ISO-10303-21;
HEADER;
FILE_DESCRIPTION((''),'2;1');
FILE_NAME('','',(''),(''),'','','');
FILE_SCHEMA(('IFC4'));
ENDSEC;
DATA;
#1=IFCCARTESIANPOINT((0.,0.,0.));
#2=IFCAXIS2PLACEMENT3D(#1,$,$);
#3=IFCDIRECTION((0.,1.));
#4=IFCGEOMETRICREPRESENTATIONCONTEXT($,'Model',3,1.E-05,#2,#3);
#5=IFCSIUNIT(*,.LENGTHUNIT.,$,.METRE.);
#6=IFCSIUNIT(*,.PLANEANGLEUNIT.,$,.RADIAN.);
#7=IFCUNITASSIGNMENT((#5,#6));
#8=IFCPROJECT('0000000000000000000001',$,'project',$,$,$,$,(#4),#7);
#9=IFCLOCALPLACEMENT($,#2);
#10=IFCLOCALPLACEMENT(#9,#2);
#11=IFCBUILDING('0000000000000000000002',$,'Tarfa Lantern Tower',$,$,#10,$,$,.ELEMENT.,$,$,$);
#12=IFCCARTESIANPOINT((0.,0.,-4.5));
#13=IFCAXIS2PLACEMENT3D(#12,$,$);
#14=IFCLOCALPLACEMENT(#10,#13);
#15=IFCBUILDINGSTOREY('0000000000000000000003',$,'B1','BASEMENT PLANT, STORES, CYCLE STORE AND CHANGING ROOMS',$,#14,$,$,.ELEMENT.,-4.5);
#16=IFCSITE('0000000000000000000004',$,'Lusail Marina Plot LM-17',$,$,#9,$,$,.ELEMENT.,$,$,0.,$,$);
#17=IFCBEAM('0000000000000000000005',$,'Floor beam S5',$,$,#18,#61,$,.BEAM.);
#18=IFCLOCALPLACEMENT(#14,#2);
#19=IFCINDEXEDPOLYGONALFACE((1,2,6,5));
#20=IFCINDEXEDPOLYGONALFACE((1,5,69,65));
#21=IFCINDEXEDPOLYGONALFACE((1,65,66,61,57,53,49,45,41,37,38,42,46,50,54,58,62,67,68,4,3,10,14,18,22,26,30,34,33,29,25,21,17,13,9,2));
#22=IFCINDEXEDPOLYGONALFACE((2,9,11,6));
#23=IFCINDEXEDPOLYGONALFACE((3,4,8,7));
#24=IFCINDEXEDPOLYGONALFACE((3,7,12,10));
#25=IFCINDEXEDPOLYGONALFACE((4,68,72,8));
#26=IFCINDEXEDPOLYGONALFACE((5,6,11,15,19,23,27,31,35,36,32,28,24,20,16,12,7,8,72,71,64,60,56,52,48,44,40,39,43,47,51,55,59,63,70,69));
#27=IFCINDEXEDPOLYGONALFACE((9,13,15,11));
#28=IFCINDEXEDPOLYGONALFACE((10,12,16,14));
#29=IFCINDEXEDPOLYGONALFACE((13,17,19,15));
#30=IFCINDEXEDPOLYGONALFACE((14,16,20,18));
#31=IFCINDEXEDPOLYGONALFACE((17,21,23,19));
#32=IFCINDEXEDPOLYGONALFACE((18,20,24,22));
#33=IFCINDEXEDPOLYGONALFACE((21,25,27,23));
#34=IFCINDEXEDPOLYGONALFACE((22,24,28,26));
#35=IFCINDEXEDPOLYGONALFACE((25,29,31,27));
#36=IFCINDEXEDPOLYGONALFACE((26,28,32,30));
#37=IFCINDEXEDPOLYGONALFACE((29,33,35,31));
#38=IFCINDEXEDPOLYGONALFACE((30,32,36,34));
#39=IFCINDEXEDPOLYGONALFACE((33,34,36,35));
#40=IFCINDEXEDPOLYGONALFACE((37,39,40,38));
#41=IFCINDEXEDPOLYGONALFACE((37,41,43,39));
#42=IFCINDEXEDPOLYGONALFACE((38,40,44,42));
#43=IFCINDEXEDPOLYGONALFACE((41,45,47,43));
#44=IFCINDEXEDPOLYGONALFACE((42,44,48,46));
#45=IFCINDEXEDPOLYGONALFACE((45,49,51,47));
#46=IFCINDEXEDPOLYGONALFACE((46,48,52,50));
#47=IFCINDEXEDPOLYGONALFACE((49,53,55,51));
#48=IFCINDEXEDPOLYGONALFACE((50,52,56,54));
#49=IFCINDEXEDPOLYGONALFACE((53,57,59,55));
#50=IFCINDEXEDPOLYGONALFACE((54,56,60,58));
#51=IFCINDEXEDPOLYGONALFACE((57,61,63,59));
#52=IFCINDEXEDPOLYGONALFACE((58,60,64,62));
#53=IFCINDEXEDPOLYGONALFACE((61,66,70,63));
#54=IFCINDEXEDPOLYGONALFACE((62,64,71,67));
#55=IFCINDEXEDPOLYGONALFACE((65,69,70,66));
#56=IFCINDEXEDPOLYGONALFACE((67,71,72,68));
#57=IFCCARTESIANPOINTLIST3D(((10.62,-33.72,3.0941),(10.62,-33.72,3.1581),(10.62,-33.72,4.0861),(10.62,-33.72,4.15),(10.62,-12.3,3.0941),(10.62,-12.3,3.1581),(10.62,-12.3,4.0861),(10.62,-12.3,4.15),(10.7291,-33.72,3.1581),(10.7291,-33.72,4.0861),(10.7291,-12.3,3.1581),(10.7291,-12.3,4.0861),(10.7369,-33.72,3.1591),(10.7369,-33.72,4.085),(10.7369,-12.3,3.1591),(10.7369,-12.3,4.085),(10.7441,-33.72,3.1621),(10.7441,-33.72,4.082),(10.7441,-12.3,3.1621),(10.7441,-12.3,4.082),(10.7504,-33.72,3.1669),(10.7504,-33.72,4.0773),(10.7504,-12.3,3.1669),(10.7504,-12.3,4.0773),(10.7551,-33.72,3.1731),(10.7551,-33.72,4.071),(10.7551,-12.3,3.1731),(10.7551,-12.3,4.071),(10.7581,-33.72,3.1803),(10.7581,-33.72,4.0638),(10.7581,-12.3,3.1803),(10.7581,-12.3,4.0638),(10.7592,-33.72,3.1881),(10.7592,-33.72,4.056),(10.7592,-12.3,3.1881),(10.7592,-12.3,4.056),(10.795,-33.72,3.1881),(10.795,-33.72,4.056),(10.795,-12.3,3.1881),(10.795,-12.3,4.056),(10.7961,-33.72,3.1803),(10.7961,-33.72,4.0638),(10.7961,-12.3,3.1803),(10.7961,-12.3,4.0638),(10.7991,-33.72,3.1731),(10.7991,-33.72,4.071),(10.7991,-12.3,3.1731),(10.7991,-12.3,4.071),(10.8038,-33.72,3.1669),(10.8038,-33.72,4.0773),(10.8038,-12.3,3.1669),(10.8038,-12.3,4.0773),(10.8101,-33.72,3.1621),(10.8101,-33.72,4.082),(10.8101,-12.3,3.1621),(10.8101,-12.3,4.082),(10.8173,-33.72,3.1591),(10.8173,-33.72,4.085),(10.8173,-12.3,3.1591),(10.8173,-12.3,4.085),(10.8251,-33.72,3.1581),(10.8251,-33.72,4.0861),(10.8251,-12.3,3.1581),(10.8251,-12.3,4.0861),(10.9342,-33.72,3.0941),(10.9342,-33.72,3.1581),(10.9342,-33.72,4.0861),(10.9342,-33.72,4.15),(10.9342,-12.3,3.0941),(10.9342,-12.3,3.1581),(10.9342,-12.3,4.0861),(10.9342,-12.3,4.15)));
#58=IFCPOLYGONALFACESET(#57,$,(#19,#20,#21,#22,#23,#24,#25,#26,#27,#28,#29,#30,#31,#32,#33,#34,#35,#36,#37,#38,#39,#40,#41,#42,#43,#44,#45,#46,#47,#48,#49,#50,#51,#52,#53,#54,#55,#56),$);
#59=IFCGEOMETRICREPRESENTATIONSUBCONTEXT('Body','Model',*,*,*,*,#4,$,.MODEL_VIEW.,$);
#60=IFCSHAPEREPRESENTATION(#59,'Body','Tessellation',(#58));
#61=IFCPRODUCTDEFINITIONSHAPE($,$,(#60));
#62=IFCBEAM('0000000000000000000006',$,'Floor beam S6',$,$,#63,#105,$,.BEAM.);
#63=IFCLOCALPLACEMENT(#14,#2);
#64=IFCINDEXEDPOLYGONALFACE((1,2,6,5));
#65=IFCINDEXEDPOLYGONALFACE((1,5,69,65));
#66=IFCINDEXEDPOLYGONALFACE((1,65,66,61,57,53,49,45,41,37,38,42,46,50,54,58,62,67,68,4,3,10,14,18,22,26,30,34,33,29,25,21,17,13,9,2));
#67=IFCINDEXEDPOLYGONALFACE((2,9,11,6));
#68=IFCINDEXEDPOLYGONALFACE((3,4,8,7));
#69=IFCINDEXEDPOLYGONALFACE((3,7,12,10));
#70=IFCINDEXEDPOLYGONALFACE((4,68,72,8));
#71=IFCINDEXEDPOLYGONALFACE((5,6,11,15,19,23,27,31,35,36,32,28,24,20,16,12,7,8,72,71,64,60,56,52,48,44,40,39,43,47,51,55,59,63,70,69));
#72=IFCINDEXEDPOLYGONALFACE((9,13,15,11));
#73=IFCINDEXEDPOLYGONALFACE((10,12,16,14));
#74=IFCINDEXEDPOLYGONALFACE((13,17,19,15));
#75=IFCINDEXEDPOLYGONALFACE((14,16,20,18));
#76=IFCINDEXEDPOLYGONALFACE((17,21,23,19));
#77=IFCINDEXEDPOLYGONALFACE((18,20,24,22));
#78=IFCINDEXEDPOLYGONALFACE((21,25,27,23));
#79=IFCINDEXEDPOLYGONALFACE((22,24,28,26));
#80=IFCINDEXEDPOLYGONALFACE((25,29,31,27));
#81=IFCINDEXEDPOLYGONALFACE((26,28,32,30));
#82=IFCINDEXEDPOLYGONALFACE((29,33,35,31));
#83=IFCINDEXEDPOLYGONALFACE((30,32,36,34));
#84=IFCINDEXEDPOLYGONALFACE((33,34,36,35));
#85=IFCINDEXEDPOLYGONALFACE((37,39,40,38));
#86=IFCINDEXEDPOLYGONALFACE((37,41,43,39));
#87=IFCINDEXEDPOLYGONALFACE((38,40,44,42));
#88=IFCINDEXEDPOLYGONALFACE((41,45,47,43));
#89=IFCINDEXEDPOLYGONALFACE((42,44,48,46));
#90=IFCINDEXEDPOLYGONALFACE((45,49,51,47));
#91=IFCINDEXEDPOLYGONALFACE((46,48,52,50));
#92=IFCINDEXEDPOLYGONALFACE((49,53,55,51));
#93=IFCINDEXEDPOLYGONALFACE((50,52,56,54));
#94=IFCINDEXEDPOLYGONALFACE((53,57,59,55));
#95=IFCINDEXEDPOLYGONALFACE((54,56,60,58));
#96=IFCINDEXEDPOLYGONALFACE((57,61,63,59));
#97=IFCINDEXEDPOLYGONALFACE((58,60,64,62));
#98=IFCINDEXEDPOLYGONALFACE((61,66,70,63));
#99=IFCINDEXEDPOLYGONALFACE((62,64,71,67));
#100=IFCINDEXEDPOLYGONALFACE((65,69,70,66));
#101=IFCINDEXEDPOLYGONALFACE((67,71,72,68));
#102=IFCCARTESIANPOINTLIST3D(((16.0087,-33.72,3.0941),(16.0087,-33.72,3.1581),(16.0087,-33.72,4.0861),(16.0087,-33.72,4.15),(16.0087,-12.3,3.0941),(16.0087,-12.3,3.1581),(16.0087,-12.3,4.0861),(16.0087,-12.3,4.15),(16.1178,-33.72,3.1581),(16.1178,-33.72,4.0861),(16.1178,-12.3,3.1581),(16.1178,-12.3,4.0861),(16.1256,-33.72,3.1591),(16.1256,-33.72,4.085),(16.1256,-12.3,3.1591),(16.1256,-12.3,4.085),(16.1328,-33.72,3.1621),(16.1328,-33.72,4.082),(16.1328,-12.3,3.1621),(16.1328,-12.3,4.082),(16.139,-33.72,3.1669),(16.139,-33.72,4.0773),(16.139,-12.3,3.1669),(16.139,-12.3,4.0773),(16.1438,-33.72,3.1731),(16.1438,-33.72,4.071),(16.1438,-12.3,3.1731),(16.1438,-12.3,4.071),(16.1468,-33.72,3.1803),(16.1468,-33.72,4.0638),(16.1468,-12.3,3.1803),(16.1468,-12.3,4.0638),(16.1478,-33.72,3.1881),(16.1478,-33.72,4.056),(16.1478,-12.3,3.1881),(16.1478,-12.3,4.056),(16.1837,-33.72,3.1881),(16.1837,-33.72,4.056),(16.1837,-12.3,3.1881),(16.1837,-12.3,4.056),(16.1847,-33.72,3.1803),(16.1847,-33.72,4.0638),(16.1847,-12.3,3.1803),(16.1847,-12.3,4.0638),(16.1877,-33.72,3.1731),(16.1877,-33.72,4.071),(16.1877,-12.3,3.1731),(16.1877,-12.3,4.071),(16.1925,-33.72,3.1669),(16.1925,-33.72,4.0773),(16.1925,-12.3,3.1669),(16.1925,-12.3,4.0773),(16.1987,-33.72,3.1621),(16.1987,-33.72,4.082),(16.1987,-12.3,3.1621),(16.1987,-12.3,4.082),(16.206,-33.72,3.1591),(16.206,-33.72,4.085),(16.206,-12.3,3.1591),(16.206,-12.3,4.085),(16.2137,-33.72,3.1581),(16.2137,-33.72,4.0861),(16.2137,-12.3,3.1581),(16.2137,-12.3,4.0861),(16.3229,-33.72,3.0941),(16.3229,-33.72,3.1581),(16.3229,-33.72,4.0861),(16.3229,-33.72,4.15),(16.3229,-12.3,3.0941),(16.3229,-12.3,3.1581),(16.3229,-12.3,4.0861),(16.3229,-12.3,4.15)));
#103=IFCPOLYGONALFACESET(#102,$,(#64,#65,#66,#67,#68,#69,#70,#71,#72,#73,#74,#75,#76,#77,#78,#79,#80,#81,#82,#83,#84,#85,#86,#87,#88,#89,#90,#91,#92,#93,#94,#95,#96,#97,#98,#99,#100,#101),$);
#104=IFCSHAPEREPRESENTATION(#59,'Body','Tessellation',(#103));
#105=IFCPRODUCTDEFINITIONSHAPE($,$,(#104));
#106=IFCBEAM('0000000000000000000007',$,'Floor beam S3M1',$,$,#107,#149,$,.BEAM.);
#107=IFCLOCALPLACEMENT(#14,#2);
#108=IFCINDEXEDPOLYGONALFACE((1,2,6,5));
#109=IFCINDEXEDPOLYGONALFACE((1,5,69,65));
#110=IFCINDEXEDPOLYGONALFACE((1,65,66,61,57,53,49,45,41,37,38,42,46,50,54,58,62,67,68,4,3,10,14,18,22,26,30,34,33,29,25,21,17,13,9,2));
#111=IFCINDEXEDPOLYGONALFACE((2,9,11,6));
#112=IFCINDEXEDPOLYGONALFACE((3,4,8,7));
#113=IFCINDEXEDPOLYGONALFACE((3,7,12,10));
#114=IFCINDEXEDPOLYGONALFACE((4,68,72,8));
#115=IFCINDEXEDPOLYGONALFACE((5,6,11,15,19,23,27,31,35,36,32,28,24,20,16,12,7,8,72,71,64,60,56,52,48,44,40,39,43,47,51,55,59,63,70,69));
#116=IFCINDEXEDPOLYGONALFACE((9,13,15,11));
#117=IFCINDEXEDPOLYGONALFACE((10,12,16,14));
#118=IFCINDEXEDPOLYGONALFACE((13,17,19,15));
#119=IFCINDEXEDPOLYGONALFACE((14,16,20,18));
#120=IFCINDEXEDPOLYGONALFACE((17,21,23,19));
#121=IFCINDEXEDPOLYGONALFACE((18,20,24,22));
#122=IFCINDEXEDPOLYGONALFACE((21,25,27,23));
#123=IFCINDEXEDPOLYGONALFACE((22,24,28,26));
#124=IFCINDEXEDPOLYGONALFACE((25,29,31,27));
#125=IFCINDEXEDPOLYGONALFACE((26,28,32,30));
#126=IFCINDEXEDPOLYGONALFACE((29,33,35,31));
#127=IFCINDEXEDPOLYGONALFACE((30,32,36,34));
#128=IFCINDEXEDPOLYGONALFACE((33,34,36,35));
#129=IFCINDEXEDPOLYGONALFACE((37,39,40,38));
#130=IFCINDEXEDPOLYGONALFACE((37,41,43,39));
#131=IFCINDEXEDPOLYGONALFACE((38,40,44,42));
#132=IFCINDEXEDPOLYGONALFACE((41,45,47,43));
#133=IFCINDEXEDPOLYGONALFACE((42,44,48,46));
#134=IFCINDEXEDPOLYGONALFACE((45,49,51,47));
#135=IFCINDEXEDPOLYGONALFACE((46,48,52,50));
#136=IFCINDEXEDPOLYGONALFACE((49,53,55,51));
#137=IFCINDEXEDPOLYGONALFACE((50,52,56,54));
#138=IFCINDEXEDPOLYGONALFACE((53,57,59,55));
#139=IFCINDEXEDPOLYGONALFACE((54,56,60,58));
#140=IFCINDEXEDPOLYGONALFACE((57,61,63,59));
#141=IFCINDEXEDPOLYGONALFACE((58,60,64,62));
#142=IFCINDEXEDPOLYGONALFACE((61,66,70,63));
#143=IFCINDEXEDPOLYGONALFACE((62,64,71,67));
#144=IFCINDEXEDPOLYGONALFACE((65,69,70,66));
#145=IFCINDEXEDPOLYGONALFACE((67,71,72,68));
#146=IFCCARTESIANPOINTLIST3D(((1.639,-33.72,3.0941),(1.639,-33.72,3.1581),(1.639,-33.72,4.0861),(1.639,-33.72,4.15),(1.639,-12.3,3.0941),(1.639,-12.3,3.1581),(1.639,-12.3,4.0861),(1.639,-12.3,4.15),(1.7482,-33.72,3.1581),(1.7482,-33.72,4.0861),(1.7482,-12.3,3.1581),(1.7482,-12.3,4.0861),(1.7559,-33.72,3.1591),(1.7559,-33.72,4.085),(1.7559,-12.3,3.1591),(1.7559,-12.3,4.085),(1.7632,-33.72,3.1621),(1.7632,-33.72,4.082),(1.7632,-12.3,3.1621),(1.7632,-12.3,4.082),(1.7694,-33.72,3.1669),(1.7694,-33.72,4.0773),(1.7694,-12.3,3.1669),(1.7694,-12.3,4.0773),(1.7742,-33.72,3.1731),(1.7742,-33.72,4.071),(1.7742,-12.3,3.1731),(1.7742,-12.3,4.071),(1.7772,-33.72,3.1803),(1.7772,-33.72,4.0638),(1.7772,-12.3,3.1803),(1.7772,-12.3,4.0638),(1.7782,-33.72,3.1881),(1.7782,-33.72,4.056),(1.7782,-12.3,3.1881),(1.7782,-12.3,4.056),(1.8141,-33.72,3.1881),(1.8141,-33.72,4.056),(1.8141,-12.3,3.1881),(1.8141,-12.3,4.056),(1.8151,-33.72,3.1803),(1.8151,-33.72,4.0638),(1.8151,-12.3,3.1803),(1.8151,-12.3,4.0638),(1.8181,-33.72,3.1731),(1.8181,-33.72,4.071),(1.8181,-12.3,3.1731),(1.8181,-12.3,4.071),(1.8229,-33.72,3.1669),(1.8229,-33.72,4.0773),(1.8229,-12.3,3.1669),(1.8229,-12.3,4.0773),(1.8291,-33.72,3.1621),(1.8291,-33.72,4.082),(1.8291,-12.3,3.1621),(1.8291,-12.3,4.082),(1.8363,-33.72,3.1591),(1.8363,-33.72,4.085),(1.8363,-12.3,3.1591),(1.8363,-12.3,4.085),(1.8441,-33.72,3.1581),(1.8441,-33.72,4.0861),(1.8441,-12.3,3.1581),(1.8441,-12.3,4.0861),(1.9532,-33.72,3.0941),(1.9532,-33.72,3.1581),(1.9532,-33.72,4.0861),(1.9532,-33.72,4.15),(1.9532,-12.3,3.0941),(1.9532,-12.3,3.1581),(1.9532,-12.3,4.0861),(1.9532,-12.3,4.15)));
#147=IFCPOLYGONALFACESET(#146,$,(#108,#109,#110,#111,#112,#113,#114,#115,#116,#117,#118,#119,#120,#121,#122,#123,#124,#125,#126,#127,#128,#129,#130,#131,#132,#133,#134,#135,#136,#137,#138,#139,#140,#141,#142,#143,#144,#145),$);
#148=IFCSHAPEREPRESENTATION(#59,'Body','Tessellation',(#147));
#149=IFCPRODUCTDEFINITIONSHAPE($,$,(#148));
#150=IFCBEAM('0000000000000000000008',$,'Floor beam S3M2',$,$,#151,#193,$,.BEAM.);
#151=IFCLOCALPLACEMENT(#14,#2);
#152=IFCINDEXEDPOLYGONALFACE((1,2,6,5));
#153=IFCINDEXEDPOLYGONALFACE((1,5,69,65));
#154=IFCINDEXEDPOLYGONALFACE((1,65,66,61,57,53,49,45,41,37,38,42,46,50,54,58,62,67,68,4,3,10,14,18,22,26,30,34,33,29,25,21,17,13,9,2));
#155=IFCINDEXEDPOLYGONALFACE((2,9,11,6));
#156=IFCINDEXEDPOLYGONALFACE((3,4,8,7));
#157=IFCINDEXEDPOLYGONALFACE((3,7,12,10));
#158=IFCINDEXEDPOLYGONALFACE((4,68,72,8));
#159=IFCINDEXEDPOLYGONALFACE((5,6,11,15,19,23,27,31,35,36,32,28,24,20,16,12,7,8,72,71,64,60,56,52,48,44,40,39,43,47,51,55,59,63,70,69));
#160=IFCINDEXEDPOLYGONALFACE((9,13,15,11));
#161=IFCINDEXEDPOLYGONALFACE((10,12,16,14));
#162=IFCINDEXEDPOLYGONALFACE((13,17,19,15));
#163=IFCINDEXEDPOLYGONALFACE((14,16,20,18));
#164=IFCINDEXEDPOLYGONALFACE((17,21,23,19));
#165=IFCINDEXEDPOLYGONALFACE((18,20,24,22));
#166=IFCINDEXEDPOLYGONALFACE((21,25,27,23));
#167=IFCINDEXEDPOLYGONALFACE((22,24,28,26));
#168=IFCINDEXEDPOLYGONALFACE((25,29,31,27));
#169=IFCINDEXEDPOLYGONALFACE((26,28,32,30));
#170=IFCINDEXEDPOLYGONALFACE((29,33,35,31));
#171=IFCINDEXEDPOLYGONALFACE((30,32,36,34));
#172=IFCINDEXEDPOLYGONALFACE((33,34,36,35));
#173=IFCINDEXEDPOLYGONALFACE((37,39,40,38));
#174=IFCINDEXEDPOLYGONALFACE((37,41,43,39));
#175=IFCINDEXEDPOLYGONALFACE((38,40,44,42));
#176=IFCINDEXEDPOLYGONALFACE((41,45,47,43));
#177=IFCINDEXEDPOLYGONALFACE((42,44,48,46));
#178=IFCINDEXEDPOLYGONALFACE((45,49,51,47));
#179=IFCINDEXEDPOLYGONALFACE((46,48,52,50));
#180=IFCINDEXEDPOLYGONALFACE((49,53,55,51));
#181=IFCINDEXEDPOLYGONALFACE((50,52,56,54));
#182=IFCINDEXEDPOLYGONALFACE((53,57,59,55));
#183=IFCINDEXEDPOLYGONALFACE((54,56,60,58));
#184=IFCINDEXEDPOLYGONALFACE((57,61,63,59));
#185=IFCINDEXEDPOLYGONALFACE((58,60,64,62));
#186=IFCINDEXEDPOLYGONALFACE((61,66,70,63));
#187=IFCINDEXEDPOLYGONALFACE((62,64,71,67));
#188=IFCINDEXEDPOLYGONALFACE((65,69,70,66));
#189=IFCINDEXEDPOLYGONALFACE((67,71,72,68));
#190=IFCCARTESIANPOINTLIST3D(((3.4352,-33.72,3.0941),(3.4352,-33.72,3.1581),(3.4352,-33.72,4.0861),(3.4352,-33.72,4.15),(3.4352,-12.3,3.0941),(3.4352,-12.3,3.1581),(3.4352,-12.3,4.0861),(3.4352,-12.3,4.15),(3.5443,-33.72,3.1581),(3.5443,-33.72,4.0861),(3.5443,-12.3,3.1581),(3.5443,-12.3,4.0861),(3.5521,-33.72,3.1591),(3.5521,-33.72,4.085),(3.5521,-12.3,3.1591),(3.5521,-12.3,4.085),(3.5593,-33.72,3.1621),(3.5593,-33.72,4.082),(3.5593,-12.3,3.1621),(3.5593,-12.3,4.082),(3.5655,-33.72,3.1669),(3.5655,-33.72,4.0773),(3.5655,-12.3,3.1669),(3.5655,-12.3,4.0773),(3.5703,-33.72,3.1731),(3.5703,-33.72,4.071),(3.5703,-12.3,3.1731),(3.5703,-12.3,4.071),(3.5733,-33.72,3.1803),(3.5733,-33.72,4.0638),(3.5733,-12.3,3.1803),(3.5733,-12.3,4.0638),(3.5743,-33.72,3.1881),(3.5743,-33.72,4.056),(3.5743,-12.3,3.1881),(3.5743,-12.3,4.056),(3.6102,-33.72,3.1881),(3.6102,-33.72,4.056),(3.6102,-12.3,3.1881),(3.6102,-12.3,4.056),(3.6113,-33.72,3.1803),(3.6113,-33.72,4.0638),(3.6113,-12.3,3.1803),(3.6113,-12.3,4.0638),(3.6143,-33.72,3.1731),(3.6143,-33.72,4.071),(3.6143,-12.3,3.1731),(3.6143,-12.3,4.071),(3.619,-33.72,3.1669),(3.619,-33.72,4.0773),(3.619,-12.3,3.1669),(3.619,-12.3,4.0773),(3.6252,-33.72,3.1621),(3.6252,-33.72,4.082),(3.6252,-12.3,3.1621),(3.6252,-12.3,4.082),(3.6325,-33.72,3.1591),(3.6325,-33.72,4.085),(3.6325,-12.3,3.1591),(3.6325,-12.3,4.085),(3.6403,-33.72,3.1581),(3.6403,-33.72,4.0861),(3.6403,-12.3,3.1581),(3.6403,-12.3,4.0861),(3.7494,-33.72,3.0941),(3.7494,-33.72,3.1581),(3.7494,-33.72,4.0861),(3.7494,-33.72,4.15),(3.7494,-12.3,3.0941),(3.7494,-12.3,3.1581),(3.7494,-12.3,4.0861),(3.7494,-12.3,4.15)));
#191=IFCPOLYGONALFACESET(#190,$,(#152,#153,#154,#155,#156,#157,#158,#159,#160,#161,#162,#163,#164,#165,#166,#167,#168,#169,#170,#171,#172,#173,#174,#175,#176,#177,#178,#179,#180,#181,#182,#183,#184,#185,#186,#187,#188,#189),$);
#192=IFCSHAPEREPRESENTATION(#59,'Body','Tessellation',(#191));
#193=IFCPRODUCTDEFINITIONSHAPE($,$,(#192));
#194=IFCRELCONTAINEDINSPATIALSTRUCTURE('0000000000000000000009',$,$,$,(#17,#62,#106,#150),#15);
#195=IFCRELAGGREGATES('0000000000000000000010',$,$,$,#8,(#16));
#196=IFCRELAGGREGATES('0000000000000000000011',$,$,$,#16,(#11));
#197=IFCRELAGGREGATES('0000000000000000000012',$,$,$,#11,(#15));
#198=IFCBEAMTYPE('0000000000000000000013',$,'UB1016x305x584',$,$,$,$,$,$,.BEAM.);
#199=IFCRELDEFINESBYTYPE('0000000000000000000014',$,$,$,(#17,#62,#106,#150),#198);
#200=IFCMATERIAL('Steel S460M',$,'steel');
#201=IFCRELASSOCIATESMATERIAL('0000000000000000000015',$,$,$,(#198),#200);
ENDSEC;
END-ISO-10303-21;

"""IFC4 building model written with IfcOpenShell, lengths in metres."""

from ifc_helpers import new_model, si_unit, direction, frame, origin, origin_2d, place, context, subcontext, project, spatial, i_section, extrude, material, material_profile, profile_set, type_object, element, save


model = new_model("IFC4")

# Units and contexts
model_context = context("Model", 3, precision=1e-05, world=origin(), true_north=direction((0.0, 1.0)))
body_context = subcontext(model_context, "Body", "Model", "MODEL_VIEW")
ifc_project = project(units=[si_unit("LENGTHUNIT", "METRE"), si_unit("PLANEANGLEUNIT", "RADIAN")], contexts=[model_context])

# Site, building, storey
site_placement = place(None, origin())
site = spatial("IfcSite", under=ifc_project, at=site_placement, Name="Lusail Marina Plot LM-17", CompositionType="ELEMENT", RefElevation=0.0)
building_placement = place(site_placement, origin())
building = spatial("IfcBuilding", under=site, at=building_placement, Name="Tarfa Lantern Tower", CompositionType="ELEMENT")
storey_placement = place(building_placement, frame((0.0, 0.0, -4.5)))
storey = spatial("IfcBuildingStorey", under=building, at=storey_placement, Name="B1", Description="BASEMENT PLANT, STORES, CYCLE STORE AND CHANGING ROOMS", CompositionType="ELEMENT", Elevation=-4.5)

# Beams
ifc_material_1 = material(Name="Steel S460M", Category="steel")
ifc_material_profile_1 = material_profile(ifc_material_1, i_section(OverallWidth=0.3142, OverallDepth=1.0559, WebThickness=0.0359, FlangeThickness=0.064, FilletRadius=0.03, at=origin_2d()), Name="UB1016x305x584")
ifc_profile_set_1 = profile_set([ifc_material_profile_1], Name="Steel S460M")
beam_type_1 = type_object("IfcBeamType", Name="UB1016x305x584", PredefinedType="BEAM", material=ifc_profile_set_1)
for number, where, z_axis, x_axis, name in (
    (1, (10.7771, -33.72, 3.6221), (0.0, 1.0, 0.0), (-1.0, 0.0, 0.0), "Floor beam S5"),
    (2, (16.1658, -33.72, 3.6221), (0.0, 1.0, 0.0), (-1.0, 0.0, 0.0), "Floor beam S6"),
    (3, (1.7961, -33.72, 3.6221), (0.0, 1.0, 0.0), (-1.0, 0.0, 0.0), "Floor beam S3M1"),
    (4, (3.5923, -33.72, 3.6221), (0.0, 1.0, 0.0), (-1.0, 0.0, 0.0), "Floor beam S3M2"),
):
    element("IfcBeam", number, at=place(storey_placement, frame(where, z_axis=z_axis, x_axis=x_axis)), inside=storey, type_object=beam_type_1, Name=name, PredefinedType="BEAM", context=body_context, shape_type="SweptSolid", body=[
        extrude(i_section(OverallWidth=0.3142, OverallDepth=1.0559, WebThickness=0.0359, FlangeThickness=0.064, FilletRadius=0.03, at=origin_2d()), origin(), (0.0, 0.0, 1.0), 21.4199),
    ])

save(model, "model.ifc")
